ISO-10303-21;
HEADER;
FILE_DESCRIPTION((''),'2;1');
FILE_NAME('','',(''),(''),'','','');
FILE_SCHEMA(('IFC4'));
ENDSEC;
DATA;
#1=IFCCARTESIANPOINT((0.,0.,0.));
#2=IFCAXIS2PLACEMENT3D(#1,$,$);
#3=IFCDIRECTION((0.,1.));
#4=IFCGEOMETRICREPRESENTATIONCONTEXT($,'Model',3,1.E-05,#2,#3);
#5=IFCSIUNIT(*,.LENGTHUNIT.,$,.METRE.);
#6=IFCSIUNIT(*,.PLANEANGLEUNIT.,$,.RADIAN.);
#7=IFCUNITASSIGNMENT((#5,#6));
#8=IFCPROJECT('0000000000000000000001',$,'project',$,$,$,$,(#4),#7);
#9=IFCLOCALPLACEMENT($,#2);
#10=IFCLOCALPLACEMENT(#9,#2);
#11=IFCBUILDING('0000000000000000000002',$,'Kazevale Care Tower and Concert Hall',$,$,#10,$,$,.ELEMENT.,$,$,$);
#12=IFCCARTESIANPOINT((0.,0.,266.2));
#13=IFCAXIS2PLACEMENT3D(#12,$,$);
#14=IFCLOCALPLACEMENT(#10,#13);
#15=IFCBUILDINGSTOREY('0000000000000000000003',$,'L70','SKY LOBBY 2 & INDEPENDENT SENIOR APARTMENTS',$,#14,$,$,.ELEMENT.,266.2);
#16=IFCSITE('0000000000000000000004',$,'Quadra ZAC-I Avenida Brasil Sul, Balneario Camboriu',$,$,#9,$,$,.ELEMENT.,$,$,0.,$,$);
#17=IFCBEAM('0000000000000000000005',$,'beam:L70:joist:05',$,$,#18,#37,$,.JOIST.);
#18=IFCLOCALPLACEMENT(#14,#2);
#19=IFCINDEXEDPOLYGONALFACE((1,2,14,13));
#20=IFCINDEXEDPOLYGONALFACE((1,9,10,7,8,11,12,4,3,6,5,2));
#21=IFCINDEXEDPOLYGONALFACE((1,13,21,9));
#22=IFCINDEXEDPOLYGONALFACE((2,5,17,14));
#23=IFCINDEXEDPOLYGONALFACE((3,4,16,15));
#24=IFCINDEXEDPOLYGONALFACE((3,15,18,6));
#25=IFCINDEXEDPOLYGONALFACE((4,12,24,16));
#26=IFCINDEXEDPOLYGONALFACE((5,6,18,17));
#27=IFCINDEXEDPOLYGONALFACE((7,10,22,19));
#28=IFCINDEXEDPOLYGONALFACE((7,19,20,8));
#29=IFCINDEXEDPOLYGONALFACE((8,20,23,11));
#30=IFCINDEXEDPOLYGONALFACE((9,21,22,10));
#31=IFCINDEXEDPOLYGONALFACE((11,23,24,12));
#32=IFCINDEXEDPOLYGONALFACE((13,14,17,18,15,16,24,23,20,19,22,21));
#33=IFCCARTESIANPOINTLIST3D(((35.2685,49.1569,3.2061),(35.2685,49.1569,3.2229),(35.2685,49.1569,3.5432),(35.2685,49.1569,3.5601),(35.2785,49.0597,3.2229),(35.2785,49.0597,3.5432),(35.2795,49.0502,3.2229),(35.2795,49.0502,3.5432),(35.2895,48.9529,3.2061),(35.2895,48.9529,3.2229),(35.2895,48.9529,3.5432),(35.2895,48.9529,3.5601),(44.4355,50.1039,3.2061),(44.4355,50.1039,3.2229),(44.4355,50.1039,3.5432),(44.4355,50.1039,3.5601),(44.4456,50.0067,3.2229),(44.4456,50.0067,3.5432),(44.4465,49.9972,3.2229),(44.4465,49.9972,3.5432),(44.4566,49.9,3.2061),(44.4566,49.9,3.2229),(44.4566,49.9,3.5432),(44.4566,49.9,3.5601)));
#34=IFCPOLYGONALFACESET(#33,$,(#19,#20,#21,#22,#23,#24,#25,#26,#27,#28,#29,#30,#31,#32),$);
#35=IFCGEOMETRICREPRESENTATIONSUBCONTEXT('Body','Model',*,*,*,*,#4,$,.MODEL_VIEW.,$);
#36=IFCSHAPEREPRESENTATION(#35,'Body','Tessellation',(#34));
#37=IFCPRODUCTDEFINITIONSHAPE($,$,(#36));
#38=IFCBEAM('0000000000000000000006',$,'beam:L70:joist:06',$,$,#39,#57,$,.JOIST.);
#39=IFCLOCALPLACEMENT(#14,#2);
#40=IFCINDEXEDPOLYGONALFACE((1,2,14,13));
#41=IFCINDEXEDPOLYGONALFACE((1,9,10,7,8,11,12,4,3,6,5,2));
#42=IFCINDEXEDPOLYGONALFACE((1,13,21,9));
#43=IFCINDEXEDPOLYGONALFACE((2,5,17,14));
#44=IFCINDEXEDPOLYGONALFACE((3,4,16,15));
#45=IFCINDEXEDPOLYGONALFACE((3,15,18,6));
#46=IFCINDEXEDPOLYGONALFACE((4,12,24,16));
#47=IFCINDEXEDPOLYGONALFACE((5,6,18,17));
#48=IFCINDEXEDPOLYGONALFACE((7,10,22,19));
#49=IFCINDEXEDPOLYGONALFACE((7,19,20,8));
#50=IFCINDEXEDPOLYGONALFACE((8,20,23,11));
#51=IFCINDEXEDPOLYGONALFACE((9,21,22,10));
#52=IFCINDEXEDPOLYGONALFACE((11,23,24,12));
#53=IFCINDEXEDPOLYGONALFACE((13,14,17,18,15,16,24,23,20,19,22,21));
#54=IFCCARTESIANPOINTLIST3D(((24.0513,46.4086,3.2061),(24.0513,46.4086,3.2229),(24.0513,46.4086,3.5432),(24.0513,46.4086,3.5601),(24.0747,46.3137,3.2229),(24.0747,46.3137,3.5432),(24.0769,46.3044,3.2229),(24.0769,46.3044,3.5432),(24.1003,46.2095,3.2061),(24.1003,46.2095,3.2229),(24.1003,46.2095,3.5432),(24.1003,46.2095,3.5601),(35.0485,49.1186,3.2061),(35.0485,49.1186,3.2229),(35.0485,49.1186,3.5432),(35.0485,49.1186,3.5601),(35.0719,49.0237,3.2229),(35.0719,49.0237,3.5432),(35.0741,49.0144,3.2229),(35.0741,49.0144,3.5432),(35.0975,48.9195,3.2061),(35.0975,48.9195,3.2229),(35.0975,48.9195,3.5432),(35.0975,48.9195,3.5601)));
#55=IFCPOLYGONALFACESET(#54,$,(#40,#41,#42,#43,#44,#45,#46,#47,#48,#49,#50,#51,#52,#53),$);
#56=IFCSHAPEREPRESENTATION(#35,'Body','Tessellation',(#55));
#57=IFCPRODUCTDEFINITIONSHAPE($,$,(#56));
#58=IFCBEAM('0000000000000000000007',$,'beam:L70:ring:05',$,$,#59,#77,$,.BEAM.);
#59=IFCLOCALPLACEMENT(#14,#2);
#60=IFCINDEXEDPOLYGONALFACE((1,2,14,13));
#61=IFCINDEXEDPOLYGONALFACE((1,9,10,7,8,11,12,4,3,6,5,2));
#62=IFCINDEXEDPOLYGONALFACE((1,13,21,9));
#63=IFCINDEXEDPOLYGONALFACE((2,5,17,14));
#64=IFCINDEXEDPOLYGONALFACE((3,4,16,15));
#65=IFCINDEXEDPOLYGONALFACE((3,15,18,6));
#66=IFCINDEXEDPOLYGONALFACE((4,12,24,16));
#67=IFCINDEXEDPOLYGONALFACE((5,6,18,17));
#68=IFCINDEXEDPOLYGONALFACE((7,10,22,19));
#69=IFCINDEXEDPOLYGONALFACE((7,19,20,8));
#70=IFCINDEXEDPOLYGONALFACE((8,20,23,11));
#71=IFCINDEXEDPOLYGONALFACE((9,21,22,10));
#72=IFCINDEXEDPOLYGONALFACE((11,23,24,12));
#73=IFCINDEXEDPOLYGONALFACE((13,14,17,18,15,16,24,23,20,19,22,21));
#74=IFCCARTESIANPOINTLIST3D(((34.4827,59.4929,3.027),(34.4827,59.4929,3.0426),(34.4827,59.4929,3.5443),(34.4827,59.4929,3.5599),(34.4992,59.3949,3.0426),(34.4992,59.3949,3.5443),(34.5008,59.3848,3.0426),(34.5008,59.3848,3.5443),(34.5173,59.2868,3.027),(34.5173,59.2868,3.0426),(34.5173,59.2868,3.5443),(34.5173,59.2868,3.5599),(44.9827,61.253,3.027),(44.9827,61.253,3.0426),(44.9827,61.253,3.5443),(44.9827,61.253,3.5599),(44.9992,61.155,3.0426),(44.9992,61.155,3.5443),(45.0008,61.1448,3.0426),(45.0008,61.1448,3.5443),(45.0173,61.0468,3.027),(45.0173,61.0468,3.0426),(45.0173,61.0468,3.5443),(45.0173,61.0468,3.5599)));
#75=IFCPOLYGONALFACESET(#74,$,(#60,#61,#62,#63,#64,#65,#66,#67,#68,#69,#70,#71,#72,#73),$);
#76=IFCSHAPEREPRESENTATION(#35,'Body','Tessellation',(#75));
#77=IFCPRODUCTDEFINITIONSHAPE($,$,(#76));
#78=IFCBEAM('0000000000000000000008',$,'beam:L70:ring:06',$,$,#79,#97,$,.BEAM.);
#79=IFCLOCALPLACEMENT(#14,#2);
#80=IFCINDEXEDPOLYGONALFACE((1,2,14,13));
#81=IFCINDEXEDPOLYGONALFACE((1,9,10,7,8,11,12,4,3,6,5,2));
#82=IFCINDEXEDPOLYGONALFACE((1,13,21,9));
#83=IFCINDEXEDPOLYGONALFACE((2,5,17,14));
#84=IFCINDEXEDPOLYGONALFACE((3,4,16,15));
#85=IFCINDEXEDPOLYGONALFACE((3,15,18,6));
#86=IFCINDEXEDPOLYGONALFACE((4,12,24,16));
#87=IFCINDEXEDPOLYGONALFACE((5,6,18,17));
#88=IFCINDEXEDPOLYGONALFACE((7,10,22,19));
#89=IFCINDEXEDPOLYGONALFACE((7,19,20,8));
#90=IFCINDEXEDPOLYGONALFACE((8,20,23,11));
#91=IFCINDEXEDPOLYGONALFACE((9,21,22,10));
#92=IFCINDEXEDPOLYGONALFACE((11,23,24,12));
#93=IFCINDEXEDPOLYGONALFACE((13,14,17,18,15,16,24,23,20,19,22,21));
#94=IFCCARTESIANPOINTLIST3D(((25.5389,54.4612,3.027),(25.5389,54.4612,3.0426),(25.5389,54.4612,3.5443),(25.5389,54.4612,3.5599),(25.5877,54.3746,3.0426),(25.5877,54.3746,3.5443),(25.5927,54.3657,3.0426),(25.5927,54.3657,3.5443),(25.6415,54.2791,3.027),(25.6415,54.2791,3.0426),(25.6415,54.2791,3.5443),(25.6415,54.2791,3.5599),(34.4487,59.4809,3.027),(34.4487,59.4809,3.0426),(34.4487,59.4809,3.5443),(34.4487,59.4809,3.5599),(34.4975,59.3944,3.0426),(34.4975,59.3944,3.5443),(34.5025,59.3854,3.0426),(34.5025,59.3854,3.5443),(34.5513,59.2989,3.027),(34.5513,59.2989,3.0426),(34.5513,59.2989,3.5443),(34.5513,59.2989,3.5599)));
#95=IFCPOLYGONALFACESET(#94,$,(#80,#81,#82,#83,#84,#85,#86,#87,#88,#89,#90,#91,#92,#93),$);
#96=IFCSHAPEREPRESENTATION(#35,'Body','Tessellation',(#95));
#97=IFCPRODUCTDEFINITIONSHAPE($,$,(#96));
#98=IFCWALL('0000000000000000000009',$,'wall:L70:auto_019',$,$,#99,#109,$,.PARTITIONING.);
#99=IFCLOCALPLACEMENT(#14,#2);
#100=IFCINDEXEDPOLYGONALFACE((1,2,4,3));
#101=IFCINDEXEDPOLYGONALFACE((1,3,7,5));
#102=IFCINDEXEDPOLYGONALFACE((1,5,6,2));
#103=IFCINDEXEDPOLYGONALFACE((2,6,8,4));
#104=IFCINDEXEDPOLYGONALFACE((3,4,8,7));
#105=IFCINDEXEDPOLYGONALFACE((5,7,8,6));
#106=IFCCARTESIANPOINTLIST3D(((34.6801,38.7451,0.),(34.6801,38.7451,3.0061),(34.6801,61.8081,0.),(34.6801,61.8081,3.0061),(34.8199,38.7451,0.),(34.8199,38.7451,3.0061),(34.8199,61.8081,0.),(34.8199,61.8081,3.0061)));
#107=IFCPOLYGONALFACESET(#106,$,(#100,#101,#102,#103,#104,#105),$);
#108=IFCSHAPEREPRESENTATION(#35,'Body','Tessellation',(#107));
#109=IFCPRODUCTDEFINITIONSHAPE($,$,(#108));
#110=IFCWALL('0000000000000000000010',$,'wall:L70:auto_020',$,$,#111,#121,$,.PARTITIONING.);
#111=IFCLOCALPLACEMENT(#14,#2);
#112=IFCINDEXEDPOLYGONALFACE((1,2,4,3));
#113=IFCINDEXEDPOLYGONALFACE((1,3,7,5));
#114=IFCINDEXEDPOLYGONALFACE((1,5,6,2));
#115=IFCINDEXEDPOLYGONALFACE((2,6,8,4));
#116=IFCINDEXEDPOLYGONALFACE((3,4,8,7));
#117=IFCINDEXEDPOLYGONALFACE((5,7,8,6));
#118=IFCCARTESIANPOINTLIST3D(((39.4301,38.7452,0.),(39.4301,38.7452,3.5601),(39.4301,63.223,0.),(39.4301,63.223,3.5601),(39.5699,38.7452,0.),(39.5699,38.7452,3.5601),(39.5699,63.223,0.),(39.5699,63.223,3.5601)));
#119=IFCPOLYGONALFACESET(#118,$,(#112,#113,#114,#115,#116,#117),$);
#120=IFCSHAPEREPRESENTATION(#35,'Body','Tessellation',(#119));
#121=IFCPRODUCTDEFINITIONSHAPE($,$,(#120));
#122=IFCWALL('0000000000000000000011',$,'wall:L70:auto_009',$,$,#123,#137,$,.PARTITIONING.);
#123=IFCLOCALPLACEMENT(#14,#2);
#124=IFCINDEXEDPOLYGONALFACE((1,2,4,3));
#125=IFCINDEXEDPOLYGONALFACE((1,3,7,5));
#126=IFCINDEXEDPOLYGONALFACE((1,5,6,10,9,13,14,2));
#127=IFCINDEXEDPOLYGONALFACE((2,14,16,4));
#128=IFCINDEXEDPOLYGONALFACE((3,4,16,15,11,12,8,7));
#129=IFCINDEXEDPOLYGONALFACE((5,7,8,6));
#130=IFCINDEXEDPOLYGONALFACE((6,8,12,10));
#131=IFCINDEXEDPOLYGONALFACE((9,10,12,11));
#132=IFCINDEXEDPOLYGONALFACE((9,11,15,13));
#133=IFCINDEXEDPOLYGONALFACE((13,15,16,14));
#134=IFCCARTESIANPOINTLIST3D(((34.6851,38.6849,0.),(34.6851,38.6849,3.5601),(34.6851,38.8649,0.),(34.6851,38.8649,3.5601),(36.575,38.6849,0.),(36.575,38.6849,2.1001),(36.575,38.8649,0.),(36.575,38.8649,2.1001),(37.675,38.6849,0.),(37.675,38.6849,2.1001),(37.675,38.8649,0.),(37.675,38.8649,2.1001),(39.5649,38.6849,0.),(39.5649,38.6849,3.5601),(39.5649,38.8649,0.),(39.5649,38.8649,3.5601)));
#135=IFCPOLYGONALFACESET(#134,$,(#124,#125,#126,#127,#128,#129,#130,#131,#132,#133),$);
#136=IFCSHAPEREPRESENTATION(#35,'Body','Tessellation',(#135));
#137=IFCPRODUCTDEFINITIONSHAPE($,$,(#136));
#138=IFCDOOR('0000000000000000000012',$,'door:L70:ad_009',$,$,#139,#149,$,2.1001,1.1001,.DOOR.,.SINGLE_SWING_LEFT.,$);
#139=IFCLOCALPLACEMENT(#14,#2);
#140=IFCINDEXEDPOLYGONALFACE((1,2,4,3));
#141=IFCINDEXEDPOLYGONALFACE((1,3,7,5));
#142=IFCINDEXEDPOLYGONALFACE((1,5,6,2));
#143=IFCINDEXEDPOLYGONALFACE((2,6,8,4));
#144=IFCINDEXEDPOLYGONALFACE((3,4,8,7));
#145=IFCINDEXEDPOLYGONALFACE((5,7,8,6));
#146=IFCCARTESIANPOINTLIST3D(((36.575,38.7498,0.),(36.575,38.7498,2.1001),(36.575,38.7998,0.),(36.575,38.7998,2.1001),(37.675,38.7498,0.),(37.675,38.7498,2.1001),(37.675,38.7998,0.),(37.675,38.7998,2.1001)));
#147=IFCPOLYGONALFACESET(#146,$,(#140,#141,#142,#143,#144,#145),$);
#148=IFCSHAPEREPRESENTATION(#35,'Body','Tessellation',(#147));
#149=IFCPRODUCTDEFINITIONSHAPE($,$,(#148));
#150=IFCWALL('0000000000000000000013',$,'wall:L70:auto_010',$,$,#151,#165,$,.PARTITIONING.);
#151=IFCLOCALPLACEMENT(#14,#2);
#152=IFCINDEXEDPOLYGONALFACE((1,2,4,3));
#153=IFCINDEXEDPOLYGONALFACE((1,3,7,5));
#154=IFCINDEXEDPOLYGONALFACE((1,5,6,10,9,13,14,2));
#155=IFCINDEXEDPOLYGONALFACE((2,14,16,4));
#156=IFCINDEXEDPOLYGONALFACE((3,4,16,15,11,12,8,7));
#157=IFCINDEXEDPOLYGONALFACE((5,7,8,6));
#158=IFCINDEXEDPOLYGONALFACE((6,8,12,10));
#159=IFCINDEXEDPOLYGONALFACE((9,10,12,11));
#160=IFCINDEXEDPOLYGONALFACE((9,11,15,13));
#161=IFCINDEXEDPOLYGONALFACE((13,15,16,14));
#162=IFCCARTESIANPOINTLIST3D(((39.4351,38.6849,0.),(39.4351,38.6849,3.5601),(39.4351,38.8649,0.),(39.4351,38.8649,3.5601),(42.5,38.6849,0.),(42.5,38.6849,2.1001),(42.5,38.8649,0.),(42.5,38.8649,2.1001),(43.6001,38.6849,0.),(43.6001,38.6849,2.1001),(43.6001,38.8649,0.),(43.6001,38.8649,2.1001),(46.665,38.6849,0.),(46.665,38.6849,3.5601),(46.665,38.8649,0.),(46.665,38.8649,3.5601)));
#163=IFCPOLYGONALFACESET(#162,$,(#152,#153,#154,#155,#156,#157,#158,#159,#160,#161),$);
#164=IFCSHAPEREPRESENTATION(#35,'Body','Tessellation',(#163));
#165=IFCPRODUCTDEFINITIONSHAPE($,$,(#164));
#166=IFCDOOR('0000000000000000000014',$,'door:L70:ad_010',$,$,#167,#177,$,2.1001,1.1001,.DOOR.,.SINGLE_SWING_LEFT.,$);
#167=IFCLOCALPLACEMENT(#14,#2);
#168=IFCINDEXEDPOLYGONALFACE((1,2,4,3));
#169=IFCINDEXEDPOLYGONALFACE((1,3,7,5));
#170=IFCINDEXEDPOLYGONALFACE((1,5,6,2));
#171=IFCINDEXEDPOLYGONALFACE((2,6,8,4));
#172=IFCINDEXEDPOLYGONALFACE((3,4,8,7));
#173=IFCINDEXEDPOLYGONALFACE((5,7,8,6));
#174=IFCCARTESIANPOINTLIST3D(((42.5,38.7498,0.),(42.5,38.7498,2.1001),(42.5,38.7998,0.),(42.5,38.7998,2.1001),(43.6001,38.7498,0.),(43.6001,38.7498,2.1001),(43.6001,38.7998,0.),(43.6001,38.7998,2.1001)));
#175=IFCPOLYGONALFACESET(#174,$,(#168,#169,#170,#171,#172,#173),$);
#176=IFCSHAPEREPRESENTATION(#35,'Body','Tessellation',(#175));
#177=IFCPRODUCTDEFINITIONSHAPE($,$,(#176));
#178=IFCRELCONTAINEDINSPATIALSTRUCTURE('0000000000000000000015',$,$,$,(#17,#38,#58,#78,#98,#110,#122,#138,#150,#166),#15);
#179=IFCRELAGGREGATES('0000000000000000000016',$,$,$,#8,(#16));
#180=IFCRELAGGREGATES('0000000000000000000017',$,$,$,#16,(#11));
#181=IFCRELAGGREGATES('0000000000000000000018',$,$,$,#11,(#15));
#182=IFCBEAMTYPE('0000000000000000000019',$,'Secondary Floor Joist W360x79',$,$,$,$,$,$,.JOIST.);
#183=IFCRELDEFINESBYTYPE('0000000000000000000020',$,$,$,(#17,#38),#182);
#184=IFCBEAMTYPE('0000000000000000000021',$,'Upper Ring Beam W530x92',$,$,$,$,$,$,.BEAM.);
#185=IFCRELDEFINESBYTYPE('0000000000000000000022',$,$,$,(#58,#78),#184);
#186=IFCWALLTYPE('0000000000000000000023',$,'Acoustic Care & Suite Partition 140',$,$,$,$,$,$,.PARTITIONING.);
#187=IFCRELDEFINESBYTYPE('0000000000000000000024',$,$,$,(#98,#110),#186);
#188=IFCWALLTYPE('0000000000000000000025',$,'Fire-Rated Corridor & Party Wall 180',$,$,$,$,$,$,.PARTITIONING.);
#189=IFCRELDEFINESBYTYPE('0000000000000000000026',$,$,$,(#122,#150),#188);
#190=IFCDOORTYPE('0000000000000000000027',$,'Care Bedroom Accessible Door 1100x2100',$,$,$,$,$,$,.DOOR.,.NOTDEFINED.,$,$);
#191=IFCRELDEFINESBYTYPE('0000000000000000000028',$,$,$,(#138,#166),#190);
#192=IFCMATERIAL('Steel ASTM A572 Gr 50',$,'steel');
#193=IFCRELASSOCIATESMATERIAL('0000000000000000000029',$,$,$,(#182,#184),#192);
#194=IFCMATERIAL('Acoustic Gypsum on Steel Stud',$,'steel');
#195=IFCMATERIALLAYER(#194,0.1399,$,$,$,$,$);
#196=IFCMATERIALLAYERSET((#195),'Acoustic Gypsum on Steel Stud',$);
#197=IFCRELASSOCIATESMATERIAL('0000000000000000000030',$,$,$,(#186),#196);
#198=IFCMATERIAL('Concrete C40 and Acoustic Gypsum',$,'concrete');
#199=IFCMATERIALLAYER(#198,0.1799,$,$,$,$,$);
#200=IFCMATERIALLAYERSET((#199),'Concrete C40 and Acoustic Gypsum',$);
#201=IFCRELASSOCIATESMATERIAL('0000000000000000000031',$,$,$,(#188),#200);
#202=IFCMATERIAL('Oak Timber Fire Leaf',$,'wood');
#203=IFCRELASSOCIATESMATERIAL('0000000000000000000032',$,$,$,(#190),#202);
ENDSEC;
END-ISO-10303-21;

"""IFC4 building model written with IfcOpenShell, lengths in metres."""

from ifc_helpers import new_model, si_unit, direction, frame, frame_2d, origin, origin_2d, place, context, subcontext, project, spatial, rectangle, i_section, extrude, material, layer, layer_set, material_profile, profile_set, type_object, element, fill, save


model = new_model("IFC4")

# Units and contexts
model_context = context("Model", 3, precision=1e-05, world=origin(), true_north=direction((0.0, 1.0)))
body_context = subcontext(model_context, "Body", "Model", "MODEL_VIEW")
ifc_project = project(units=[si_unit("LENGTHUNIT", "METRE"), si_unit("PLANEANGLEUNIT", "RADIAN")], contexts=[model_context])

# Site, building, storey
site_placement = place(None, origin())
site = spatial("IfcSite", under=ifc_project, at=site_placement, Name="Quadra ZAC-I Avenida Brasil Sul, Balneario Camboriu", CompositionType="ELEMENT", RefElevation=0.0)
building_placement = place(site_placement, origin())
building = spatial("IfcBuilding", under=site, at=building_placement, Name="Kazevale Care Tower and Concert Hall", CompositionType="ELEMENT")
storey_placement = place(building_placement, frame((0.0, 0.0, 266.2)))
storey = spatial("IfcBuildingStorey", under=building, at=storey_placement, Name="L70", Description="SKY LOBBY 2 & INDEPENDENT SENIOR APARTMENTS", CompositionType="ELEMENT", Elevation=266.2)

# Beams
ifc_material_1 = material(Name="Steel ASTM A572 Gr 50", Category="steel")
ifc_material_profile_1 = material_profile(ifc_material_1, i_section(OverallWidth=0.2051, OverallDepth=0.354, WebThickness=0.0095, FlangeThickness=0.0168, at=origin_2d()), Name="W360x79")
ifc_profile_set_1 = profile_set([ifc_material_profile_1], Name="Steel ASTM A572 Gr 50")
beam_type_1 = type_object("IfcBeamType", Name="Secondary Floor Joist W360x79", PredefinedType="JOIST", material=ifc_profile_set_1)
beam_1_placement = place(storey_placement, frame((44.446, 50.002, 3.3831), z_axis=(-0.994706, -0.102761, 0.0), x_axis=(0.102761, -0.994706, 0.0)))
element("IfcBeam", 1, at=beam_1_placement, inside=storey, type_object=beam_type_1, Name="beam:L70:joist:05", PredefinedType="JOIST", context=body_context, shape_type="SweptSolid", body=[
    extrude(i_section(OverallWidth=0.2051, OverallDepth=0.354, WebThickness=0.0095, FlangeThickness=0.0168, at=origin_2d()), origin(), (0.0, 0.0, 1.0), 9.2158),
])
beam_2_placement = place(storey_placement, frame((35.073, 49.019, 3.3831), z_axis=(-0.970954, -0.239268, 0.0), x_axis=(0.239268, -0.970954, 0.0)))
element("IfcBeam", 2, at=beam_2_placement, inside=storey, type_object=beam_type_1, Name="beam:L70:joist:06", PredefinedType="JOIST", context=body_context, shape_type="SweptSolid", body=[
    extrude(i_section(OverallWidth=0.2051, OverallDepth=0.354, WebThickness=0.0095, FlangeThickness=0.0168, at=origin_2d()), origin(), (0.0, 0.0, 1.0), 11.3262),
])
ifc_material_profile_2 = material_profile(ifc_material_1, i_section(OverallWidth=0.209, OverallDepth=0.533, WebThickness=0.0103, FlangeThickness=0.0156, at=origin_2d()), Name="W530x92")
ifc_profile_set_2 = profile_set([ifc_material_profile_2], Name="Steel ASTM A572 Gr 50")
beam_type_2 = type_object("IfcBeamType", Name="Upper Ring Beam W530x92", PredefinedType="BEAM", material=ifc_profile_set_2)
beam_3_placement = place(storey_placement, frame((45.0, 61.1499, 3.2935), z_axis=(-0.986241, -0.165314, 0.0), x_axis=(0.165314, -0.986241, 0.0)))
element("IfcBeam", 3, at=beam_3_placement, inside=storey, type_object=beam_type_2, Name="beam:L70:ring:05", PredefinedType="BEAM", context=body_context, shape_type="SweptSolid", body=[
    extrude(i_section(OverallWidth=0.209, OverallDepth=0.533, WebThickness=0.0103, FlangeThickness=0.0156, at=origin_2d()), origin(), (0.0, 0.0, 1.0), 10.6465),
])
beam_4_placement = place(storey_placement, frame((34.5, 59.3899, 3.2935), z_axis=(-0.871243, -0.490852, 0.0), x_axis=(0.490852, -0.871243, 0.0)))
element("IfcBeam", 4, at=beam_4_placement, inside=storey, type_object=beam_type_2, Name="beam:L70:ring:06", PredefinedType="BEAM", context=body_context, shape_type="SweptSolid", body=[
    extrude(i_section(OverallWidth=0.209, OverallDepth=0.533, WebThickness=0.0103, FlangeThickness=0.0156, at=origin_2d()), origin(), (0.0, 0.0, 1.0), 10.2266),
])

# Walls
ifc_material_2 = material(Name="Acoustic Gypsum on Steel Stud", Category="steel")
ifc_layer_1 = layer(ifc_material_2, 0.1399)
ifc_layer_set_1 = layer_set([ifc_layer_1], Name="Acoustic Gypsum on Steel Stud")
wall_type_1 = type_object("IfcWallType", Name="Acoustic Care & Suite Partition 140", PredefinedType="PARTITIONING", material=ifc_layer_set_1)
wall_1_placement = place(storey_placement, frame((34.75, 61.8081, 0.0), z_axis=(0.0, 0.0, 1.0), x_axis=(0.0, -1.0, 0.0)))
element("IfcWall", 5, at=wall_1_placement, inside=storey, type_object=wall_type_1, Name="wall:L70:auto_019", PredefinedType="PARTITIONING", context=body_context, shape_type="SweptSolid", body=[
    extrude(rectangle(XDim=23.063, YDim=0.1399, at=frame_2d((11.5315, 0.0))), origin(), (0.0, 0.0, 1.0), 3.0061),
])
wall_2_placement = place(storey_placement, frame((39.5, 63.2229, 0.0), z_axis=(0.0, 0.0, 1.0), x_axis=(0.0, -1.0, 0.0)))
element("IfcWall", 6, at=wall_2_placement, inside=storey, type_object=wall_type_1, Name="wall:L70:auto_020", PredefinedType="PARTITIONING", context=body_context, shape_type="SweptSolid", body=[
    extrude(rectangle(XDim=24.4778, YDim=0.1399, at=frame_2d((12.2388, 0.0))), origin(), (0.0, 0.0, 1.0), 3.5601),
])

# Walls, openings, doors
ifc_material_3 = material(Name="Concrete C40 and Acoustic Gypsum", Category="concrete")
ifc_layer_2 = layer(ifc_material_3, 0.1799)
ifc_layer_set_2 = layer_set([ifc_layer_2], Name="Concrete C40 and Acoustic Gypsum")
wall_type_2 = type_object("IfcWallType", Name="Fire-Rated Corridor & Party Wall 180", PredefinedType="PARTITIONING", material=ifc_layer_set_2)
wall_3_placement = place(storey_placement, frame((34.6851, 38.7749, 0.0), z_axis=(0.0, 0.0, 1.0), x_axis=(1.0, 0.0, 0.0)))
wall_3 = element("IfcWall", 7, at=wall_3_placement, inside=storey, type_object=wall_type_2, Name="wall:L70:auto_009", PredefinedType="PARTITIONING", context=body_context, shape_type="SweptSolid", body=[
    extrude(rectangle(XDim=4.8799, YDim=0.1799, at=frame_2d((2.4399, 0.0))), origin(), (0.0, 0.0, 1.0), 3.5601),
])
opening_1_placement = place(wall_3_placement, frame((1.8899, 0.0, 0.0)))
opening_1 = element("IfcOpeningElement", 8, at=opening_1_placement, cuts=wall_3, PredefinedType="OPENING", context=body_context, shape_type="SweptSolid", body=[
    extrude(rectangle(XDim=1.1001, YDim=2.1001, at=frame_2d((0.55, 1.05))), frame((0.0, 0.0999, 0.0), z_axis=(0.0, -1.0, 0.0), x_axis=(1.0, 0.0, 0.0)), (0.0, 0.0, 1.0), 0.2),
])
ifc_material_4 = material(Name="Oak Timber Fire Leaf", Category="wood")
door_type = type_object("IfcDoorType", Name="Care Bedroom Accessible Door 1100x2100", OperationType="NOTDEFINED", PredefinedType="DOOR", material=ifc_material_4)
door_1_placement = place(opening_1_placement, origin())
door_1 = element("IfcDoor", 9, at=door_1_placement, inside=storey, type_object=door_type, Name="door:L70:ad_009", OperationType="SINGLE_SWING_LEFT", OverallHeight=2.1001, OverallWidth=1.1001, PredefinedType="DOOR", context=body_context, shape_type="SweptSolid", body=[
    extrude(rectangle(XDim=1.1001, YDim=2.1001, at=frame_2d((0.55, 1.05))), frame((0.0, 0.0249, 0.0), z_axis=(0.0, -1.0, 0.0), x_axis=(1.0, 0.0, 0.0)), (0.0, 0.0, 1.0), 0.05),
])
fill(opening_1, door_1)
wall_4_placement = place(storey_placement, frame((39.4351, 38.7749, 0.0), z_axis=(0.0, 0.0, 1.0), x_axis=(1.0, 0.0, 0.0)))
wall_4 = element("IfcWall", 10, at=wall_4_placement, inside=storey, type_object=wall_type_2, Name="wall:L70:auto_010", PredefinedType="PARTITIONING", context=body_context, shape_type="SweptSolid", body=[
    extrude(rectangle(XDim=7.23, YDim=0.1799, at=frame_2d((3.615, 0.0))), origin(), (0.0, 0.0, 1.0), 3.5601),
])
opening_2_placement = place(wall_4_placement, frame((3.0649, 0.0, 0.0)))
opening_2 = element("IfcOpeningElement", 11, at=opening_2_placement, cuts=wall_4, PredefinedType="OPENING", context=body_context, shape_type="SweptSolid", body=[
    extrude(rectangle(XDim=1.1001, YDim=2.1001, at=frame_2d((0.55, 1.05))), frame((0.0, 0.0999, 0.0), z_axis=(0.0, -1.0, 0.0), x_axis=(1.0, 0.0, 0.0)), (0.0, 0.0, 1.0), 0.2),
])
door_2_placement = place(opening_2_placement, origin())
door_2 = element("IfcDoor", 12, at=door_2_placement, inside=storey, type_object=door_type, Name="door:L70:ad_010", OperationType="SINGLE_SWING_LEFT", OverallHeight=2.1001, OverallWidth=1.1001, PredefinedType="DOOR", context=body_context, shape_type="SweptSolid", body=[
    extrude(rectangle(XDim=1.1001, YDim=2.1001, at=frame_2d((0.55, 1.05))), frame((0.0, 0.0249, 0.0), z_axis=(0.0, -1.0, 0.0), x_axis=(1.0, 0.0, 0.0)), (0.0, 0.0, 1.0), 0.05),
])
fill(opening_2, door_2)

save(model, "model.ifc")
